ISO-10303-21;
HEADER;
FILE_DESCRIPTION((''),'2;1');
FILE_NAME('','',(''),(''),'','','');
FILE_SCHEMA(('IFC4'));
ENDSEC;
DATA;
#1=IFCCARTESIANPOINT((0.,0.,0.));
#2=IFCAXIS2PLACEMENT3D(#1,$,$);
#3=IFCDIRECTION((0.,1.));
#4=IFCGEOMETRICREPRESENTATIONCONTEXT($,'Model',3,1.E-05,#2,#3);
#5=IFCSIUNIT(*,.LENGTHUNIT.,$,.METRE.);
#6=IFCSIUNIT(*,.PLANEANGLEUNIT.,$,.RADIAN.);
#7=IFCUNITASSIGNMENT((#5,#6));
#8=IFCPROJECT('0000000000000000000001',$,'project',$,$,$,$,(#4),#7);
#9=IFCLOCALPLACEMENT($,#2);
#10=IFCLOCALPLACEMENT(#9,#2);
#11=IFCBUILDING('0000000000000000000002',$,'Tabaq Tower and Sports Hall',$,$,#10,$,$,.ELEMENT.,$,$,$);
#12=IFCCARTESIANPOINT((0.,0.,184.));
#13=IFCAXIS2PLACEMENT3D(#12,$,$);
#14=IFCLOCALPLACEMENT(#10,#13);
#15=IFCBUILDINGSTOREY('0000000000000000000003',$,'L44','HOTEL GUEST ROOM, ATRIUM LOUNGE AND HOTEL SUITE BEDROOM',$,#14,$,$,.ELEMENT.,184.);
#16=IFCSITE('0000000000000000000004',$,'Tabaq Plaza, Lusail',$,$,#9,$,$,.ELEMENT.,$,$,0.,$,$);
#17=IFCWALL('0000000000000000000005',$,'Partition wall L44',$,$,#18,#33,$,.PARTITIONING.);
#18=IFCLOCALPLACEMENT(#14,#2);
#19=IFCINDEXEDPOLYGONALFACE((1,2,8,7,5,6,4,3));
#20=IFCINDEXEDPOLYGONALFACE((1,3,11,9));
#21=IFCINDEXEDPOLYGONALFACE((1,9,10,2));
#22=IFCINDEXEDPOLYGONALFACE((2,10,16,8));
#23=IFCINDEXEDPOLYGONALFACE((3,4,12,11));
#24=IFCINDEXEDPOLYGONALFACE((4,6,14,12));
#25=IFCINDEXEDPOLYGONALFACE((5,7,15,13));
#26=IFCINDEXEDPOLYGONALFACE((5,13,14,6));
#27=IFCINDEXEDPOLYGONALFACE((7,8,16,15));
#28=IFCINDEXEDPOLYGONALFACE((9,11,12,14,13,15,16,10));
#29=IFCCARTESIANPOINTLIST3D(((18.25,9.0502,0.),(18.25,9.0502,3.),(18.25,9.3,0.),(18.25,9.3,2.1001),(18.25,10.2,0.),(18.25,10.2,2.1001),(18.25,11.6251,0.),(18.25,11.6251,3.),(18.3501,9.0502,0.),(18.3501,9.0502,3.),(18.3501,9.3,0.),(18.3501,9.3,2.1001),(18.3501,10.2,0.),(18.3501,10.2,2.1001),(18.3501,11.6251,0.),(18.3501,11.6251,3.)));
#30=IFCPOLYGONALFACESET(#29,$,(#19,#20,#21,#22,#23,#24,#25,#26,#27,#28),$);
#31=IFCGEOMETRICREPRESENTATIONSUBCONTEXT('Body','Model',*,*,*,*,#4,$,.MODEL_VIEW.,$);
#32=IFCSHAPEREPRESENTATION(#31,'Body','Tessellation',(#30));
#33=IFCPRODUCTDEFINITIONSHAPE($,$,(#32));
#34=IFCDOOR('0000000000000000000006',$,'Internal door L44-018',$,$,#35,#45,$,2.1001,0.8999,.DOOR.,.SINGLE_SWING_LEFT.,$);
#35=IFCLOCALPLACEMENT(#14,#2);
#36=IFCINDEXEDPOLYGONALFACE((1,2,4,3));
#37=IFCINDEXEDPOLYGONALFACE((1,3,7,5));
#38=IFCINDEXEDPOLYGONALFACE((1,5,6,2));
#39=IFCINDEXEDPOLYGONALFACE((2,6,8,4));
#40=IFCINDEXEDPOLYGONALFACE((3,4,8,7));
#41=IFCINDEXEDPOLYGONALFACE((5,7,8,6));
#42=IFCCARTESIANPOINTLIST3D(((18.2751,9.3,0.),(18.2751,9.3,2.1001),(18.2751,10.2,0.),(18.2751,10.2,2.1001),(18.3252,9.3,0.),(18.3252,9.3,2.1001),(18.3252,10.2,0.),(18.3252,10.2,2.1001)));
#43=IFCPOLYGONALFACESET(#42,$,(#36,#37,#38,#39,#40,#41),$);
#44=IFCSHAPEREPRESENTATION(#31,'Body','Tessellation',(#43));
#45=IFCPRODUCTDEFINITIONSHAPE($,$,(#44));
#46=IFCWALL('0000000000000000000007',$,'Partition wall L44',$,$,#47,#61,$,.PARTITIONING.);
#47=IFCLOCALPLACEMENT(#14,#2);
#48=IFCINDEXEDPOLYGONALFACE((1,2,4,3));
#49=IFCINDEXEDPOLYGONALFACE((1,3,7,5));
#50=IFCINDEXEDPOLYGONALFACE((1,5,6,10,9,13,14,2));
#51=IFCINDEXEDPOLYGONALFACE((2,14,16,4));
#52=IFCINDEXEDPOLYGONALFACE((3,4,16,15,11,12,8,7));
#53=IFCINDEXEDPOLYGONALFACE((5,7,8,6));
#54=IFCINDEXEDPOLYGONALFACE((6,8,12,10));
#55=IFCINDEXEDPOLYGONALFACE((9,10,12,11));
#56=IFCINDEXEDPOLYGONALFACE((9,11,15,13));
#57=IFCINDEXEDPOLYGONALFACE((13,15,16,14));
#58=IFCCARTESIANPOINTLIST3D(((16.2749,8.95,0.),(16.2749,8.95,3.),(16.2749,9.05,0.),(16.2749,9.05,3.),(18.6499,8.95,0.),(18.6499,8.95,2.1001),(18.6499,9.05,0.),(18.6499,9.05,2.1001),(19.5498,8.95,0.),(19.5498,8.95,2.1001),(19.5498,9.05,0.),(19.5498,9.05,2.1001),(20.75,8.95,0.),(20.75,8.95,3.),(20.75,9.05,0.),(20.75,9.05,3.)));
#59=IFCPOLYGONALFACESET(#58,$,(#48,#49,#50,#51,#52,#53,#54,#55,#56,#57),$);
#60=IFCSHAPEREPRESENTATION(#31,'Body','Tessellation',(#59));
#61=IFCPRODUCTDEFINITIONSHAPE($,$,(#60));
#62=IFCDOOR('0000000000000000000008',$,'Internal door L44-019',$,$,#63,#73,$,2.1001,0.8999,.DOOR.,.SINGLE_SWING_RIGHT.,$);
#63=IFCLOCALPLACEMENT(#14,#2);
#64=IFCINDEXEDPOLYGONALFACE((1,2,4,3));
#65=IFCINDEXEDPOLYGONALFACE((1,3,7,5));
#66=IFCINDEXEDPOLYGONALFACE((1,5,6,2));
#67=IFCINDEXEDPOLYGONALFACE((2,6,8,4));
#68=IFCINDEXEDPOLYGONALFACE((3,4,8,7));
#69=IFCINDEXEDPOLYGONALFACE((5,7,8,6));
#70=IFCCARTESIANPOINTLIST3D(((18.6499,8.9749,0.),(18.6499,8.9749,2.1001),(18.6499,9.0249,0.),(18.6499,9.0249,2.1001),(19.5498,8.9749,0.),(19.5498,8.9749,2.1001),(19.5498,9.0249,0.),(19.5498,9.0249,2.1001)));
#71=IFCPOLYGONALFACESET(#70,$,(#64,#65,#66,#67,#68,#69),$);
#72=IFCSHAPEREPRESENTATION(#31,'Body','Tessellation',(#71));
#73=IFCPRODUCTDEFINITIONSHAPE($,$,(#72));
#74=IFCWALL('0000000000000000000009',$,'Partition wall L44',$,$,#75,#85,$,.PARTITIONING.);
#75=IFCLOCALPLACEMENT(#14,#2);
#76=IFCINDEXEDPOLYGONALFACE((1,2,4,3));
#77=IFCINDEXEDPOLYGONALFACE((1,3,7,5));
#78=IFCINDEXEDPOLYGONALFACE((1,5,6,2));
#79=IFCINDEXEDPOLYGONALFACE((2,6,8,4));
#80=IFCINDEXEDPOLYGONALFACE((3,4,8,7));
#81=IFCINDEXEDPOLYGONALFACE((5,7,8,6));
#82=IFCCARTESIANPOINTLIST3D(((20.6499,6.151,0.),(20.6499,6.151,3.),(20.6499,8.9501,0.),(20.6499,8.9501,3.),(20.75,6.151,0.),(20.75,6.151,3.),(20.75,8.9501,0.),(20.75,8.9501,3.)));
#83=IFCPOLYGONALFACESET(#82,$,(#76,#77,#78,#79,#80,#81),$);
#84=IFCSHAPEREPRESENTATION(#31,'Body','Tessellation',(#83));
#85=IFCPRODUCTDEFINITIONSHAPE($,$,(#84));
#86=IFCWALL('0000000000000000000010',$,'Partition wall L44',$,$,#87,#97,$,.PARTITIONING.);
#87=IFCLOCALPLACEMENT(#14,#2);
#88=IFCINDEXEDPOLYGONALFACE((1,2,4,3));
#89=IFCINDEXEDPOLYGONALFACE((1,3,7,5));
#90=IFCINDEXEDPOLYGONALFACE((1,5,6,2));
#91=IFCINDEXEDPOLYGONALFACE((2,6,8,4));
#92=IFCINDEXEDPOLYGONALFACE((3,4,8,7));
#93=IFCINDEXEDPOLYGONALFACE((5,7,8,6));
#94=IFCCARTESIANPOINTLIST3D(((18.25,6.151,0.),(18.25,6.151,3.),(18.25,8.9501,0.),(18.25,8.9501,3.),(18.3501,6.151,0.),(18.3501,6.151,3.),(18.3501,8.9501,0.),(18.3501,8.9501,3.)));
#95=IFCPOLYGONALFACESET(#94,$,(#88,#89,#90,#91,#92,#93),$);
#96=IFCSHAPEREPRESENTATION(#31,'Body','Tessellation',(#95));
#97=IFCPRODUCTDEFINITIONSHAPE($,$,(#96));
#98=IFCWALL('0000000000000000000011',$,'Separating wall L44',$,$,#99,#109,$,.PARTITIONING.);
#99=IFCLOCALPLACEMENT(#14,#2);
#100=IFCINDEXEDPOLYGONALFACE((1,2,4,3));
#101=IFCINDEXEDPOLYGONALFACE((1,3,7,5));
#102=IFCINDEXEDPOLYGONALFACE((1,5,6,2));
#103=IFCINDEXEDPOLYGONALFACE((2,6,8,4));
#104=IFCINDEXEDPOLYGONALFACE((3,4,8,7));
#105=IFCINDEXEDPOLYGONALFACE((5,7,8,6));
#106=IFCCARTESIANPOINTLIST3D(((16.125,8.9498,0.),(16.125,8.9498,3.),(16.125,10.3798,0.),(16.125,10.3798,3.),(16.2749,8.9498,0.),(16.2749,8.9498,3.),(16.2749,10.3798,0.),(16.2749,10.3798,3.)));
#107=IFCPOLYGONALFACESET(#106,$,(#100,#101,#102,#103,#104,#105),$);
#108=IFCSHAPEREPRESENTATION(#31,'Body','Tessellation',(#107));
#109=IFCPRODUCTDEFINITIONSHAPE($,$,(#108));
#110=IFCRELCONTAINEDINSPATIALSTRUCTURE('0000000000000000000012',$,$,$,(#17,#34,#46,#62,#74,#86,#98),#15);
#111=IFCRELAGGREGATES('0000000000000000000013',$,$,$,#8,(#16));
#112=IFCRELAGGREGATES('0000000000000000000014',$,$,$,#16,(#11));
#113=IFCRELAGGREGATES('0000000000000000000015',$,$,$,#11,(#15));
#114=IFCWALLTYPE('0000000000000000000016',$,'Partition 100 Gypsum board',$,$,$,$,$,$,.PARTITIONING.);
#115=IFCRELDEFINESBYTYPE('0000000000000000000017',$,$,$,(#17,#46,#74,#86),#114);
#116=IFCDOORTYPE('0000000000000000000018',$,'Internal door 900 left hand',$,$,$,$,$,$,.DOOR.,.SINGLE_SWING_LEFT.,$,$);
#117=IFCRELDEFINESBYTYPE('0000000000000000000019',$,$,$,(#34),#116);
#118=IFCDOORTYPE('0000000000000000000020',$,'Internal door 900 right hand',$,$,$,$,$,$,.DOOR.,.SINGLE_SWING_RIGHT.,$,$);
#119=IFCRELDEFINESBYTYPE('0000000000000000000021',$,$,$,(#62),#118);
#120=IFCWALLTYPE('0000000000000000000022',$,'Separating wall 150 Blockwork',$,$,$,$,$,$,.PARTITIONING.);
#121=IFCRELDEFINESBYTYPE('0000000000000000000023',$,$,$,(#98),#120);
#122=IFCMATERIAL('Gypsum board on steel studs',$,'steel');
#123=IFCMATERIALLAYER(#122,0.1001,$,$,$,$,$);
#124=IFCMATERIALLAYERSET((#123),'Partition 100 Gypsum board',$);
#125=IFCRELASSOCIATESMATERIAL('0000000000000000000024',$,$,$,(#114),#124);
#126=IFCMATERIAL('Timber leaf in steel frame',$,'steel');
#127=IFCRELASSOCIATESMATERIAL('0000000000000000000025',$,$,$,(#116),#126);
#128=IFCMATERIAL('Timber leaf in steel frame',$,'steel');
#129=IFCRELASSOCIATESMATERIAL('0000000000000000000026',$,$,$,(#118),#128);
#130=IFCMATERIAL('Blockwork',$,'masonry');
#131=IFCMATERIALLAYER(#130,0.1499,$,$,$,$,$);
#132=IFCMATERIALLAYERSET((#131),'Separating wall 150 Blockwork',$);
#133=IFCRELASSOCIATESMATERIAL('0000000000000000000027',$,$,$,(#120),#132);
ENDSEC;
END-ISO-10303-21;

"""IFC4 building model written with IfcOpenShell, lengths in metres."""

from ifc_helpers import new_model, si_unit, direction, frame, frame_2d, origin, place, context, subcontext, project, spatial, rectangle, extrude, material, layer, layer_set, type_object, element, fill, save


model = new_model("IFC4")

# Units and contexts
model_context = context("Model", 3, precision=1e-05, world=origin(), true_north=direction((0.0, 1.0)))
body_context = subcontext(model_context, "Body", "Model", "MODEL_VIEW")
ifc_project = project(units=[si_unit("LENGTHUNIT", "METRE"), si_unit("PLANEANGLEUNIT", "RADIAN")], contexts=[model_context])

# Site, building, storey
site_placement = place(None, origin())
site = spatial("IfcSite", under=ifc_project, at=site_placement, Name="Tabaq Plaza, Lusail", CompositionType="ELEMENT", RefElevation=0.0)
building_placement = place(site_placement, origin())
building = spatial("IfcBuilding", under=site, at=building_placement, Name="Tabaq Tower and Sports Hall", CompositionType="ELEMENT")
storey_placement = place(building_placement, frame((0.0, 0.0, 184.0)))
storey = spatial("IfcBuildingStorey", under=building, at=storey_placement, Name="L44", Description="HOTEL GUEST ROOM, ATRIUM LOUNGE AND HOTEL SUITE BEDROOM", CompositionType="ELEMENT", Elevation=184.0)

# Shared definitions
ifc_material_1 = material(Name="Gypsum board on steel studs", Category="steel")
ifc_layer_1 = layer(ifc_material_1, 0.1001)
ifc_layer_set_1 = layer_set([ifc_layer_1], Name="Partition 100 Gypsum board")
wall_type_1 = type_object("IfcWallType", Name="Partition 100 Gypsum board", PredefinedType="PARTITIONING", material=ifc_layer_set_1)

# Shared definitions
ifc_material_2 = material(Name="Timber leaf in steel frame", Category="steel")
door_type_1 = type_object("IfcDoorType", Name="Internal door 900 left hand", OperationType="SINGLE_SWING_LEFT", PredefinedType="DOOR", material=ifc_material_2)

# Walls, openings, doors
wall_1_placement = place(storey_placement, frame((18.3, 9.05, 0.0), z_axis=(0.0, 0.0, 1.0), x_axis=(0.0, 1.0, 0.0)))
wall_1 = element("IfcWall", 1, at=wall_1_placement, inside=storey, type_object=wall_type_1, Name="Partition wall L44", PredefinedType="PARTITIONING", context=body_context, shape_type="SweptSolid", body=[
    extrude(rectangle(XDim=2.575, YDim=0.1001, at=frame_2d((1.2876, 0.0))), origin(), (0.0, 0.0, 1.0), 3.0),
])
opening_1_placement = place(wall_1_placement, frame((0.25, 0.0, 0.0)))
opening_1 = element("IfcOpeningElement", 2, at=opening_1_placement, cuts=wall_1, PredefinedType="OPENING", context=body_context, shape_type="SweptSolid", body=[
    extrude(rectangle(XDim=0.8999, YDim=2.1001, at=frame_2d((0.45, 1.05))), frame((0.0, 0.05, 0.0), z_axis=(0.0, -1.0, 0.0), x_axis=(1.0, 0.0, 0.0)), (0.0, 0.0, 1.0), 0.1001),
])
door_1_placement = place(opening_1_placement, origin())
door_1 = element("IfcDoor", 3, at=door_1_placement, inside=storey, type_object=door_type_1, Name="Internal door L44-018", OperationType="SINGLE_SWING_LEFT", OverallHeight=2.1001, OverallWidth=0.8999, PredefinedType="DOOR", context=body_context, shape_type="SweptSolid", body=[
    extrude(rectangle(XDim=0.8999, YDim=2.1001, at=frame_2d((0.45, 1.05))), frame((0.0, 0.0249, 0.0), z_axis=(0.0, -1.0, 0.0), x_axis=(1.0, 0.0, 0.0)), (0.0, 0.0, 1.0), 0.05),
])
fill(opening_1, door_1)
wall_2_placement = place(storey_placement, frame((16.2749, 9.0, 0.0), z_axis=(0.0, 0.0, 1.0), x_axis=(1.0, 0.0, 0.0)))
wall_2 = element("IfcWall", 4, at=wall_2_placement, inside=storey, type_object=wall_type_1, Name="Partition wall L44", PredefinedType="PARTITIONING", context=body_context, shape_type="SweptSolid", body=[
    extrude(rectangle(XDim=4.4751, YDim=0.1001, at=frame_2d((2.2375, 0.0))), origin(), (0.0, 0.0, 1.0), 3.0),
])
opening_2_placement = place(wall_2_placement, frame((2.375, 0.0, 0.0)))
opening_2 = element("IfcOpeningElement", 5, at=opening_2_placement, cuts=wall_2, PredefinedType="OPENING", context=body_context, shape_type="SweptSolid", body=[
    extrude(rectangle(XDim=0.8999, YDim=2.1001, at=frame_2d((0.45, 1.05))), frame((0.0, 0.05, 0.0), z_axis=(0.0, -1.0, 0.0), x_axis=(1.0, 0.0, 0.0)), (0.0, 0.0, 1.0), 0.1001),
])
ifc_material_3 = material(Name="Timber leaf in steel frame", Category="steel")
door_type_2 = type_object("IfcDoorType", Name="Internal door 900 right hand", OperationType="SINGLE_SWING_RIGHT", PredefinedType="DOOR", material=ifc_material_3)
door_2_placement = place(opening_2_placement, origin())
door_2 = element("IfcDoor", 6, at=door_2_placement, inside=storey, type_object=door_type_2, Name="Internal door L44-019", OperationType="SINGLE_SWING_RIGHT", OverallHeight=2.1001, OverallWidth=0.8999, PredefinedType="DOOR", context=body_context, shape_type="SweptSolid", body=[
    extrude(rectangle(XDim=0.8999, YDim=2.1001, at=frame_2d((0.45, 1.05))), frame((0.0, 0.0249, 0.0), z_axis=(0.0, -1.0, 0.0), x_axis=(1.0, 0.0, 0.0)), (0.0, 0.0, 1.0), 0.05),
])
fill(opening_2, door_2)

# Walls
for number, where, z_axis, x_axis, name in (
    (7, (20.7, 8.95, 0.0), (0.0, 0.0, 1.0), (0.0, -1.0, 0.0), "Partition wall L44"),
    (8, (18.3, 8.95, 0.0), (0.0, 0.0, 1.0), (0.0, -1.0, 0.0), "Partition wall L44"),
):
    element("IfcWall", number, at=place(storey_placement, frame(where, z_axis=z_axis, x_axis=x_axis)), inside=storey, type_object=wall_type_1, Name=name, PredefinedType="PARTITIONING", context=body_context, shape_type="SweptSolid", body=[
        extrude(rectangle(XDim=2.7991, YDim=0.1001, at=frame_2d((1.3994, 0.0))), origin(), (0.0, 0.0, 1.0), 3.0),
    ])
ifc_material_4 = material(Name="Blockwork", Category="masonry")
ifc_layer_2 = layer(ifc_material_4, 0.1499)
ifc_layer_set_2 = layer_set([ifc_layer_2], Name="Separating wall 150 Blockwork")
wall_type_2 = type_object("IfcWallType", Name="Separating wall 150 Blockwork", PredefinedType="PARTITIONING", material=ifc_layer_set_2)
wall_3_placement = place(storey_placement, frame((16.2, 8.95, 0.0), z_axis=(0.0, 0.0, 1.0), x_axis=(0.0, 1.0, 0.0)))
element("IfcWall", 9, at=wall_3_placement, inside=storey, type_object=wall_type_2, Name="Separating wall L44", PredefinedType="PARTITIONING", context=body_context, shape_type="SweptSolid", body=[
    extrude(rectangle(XDim=1.4299, YDim=0.1499, at=frame_2d((0.7148, 0.0))), origin(), (0.0, 0.0, 1.0), 3.0),
])

save(model, "model.ifc")
